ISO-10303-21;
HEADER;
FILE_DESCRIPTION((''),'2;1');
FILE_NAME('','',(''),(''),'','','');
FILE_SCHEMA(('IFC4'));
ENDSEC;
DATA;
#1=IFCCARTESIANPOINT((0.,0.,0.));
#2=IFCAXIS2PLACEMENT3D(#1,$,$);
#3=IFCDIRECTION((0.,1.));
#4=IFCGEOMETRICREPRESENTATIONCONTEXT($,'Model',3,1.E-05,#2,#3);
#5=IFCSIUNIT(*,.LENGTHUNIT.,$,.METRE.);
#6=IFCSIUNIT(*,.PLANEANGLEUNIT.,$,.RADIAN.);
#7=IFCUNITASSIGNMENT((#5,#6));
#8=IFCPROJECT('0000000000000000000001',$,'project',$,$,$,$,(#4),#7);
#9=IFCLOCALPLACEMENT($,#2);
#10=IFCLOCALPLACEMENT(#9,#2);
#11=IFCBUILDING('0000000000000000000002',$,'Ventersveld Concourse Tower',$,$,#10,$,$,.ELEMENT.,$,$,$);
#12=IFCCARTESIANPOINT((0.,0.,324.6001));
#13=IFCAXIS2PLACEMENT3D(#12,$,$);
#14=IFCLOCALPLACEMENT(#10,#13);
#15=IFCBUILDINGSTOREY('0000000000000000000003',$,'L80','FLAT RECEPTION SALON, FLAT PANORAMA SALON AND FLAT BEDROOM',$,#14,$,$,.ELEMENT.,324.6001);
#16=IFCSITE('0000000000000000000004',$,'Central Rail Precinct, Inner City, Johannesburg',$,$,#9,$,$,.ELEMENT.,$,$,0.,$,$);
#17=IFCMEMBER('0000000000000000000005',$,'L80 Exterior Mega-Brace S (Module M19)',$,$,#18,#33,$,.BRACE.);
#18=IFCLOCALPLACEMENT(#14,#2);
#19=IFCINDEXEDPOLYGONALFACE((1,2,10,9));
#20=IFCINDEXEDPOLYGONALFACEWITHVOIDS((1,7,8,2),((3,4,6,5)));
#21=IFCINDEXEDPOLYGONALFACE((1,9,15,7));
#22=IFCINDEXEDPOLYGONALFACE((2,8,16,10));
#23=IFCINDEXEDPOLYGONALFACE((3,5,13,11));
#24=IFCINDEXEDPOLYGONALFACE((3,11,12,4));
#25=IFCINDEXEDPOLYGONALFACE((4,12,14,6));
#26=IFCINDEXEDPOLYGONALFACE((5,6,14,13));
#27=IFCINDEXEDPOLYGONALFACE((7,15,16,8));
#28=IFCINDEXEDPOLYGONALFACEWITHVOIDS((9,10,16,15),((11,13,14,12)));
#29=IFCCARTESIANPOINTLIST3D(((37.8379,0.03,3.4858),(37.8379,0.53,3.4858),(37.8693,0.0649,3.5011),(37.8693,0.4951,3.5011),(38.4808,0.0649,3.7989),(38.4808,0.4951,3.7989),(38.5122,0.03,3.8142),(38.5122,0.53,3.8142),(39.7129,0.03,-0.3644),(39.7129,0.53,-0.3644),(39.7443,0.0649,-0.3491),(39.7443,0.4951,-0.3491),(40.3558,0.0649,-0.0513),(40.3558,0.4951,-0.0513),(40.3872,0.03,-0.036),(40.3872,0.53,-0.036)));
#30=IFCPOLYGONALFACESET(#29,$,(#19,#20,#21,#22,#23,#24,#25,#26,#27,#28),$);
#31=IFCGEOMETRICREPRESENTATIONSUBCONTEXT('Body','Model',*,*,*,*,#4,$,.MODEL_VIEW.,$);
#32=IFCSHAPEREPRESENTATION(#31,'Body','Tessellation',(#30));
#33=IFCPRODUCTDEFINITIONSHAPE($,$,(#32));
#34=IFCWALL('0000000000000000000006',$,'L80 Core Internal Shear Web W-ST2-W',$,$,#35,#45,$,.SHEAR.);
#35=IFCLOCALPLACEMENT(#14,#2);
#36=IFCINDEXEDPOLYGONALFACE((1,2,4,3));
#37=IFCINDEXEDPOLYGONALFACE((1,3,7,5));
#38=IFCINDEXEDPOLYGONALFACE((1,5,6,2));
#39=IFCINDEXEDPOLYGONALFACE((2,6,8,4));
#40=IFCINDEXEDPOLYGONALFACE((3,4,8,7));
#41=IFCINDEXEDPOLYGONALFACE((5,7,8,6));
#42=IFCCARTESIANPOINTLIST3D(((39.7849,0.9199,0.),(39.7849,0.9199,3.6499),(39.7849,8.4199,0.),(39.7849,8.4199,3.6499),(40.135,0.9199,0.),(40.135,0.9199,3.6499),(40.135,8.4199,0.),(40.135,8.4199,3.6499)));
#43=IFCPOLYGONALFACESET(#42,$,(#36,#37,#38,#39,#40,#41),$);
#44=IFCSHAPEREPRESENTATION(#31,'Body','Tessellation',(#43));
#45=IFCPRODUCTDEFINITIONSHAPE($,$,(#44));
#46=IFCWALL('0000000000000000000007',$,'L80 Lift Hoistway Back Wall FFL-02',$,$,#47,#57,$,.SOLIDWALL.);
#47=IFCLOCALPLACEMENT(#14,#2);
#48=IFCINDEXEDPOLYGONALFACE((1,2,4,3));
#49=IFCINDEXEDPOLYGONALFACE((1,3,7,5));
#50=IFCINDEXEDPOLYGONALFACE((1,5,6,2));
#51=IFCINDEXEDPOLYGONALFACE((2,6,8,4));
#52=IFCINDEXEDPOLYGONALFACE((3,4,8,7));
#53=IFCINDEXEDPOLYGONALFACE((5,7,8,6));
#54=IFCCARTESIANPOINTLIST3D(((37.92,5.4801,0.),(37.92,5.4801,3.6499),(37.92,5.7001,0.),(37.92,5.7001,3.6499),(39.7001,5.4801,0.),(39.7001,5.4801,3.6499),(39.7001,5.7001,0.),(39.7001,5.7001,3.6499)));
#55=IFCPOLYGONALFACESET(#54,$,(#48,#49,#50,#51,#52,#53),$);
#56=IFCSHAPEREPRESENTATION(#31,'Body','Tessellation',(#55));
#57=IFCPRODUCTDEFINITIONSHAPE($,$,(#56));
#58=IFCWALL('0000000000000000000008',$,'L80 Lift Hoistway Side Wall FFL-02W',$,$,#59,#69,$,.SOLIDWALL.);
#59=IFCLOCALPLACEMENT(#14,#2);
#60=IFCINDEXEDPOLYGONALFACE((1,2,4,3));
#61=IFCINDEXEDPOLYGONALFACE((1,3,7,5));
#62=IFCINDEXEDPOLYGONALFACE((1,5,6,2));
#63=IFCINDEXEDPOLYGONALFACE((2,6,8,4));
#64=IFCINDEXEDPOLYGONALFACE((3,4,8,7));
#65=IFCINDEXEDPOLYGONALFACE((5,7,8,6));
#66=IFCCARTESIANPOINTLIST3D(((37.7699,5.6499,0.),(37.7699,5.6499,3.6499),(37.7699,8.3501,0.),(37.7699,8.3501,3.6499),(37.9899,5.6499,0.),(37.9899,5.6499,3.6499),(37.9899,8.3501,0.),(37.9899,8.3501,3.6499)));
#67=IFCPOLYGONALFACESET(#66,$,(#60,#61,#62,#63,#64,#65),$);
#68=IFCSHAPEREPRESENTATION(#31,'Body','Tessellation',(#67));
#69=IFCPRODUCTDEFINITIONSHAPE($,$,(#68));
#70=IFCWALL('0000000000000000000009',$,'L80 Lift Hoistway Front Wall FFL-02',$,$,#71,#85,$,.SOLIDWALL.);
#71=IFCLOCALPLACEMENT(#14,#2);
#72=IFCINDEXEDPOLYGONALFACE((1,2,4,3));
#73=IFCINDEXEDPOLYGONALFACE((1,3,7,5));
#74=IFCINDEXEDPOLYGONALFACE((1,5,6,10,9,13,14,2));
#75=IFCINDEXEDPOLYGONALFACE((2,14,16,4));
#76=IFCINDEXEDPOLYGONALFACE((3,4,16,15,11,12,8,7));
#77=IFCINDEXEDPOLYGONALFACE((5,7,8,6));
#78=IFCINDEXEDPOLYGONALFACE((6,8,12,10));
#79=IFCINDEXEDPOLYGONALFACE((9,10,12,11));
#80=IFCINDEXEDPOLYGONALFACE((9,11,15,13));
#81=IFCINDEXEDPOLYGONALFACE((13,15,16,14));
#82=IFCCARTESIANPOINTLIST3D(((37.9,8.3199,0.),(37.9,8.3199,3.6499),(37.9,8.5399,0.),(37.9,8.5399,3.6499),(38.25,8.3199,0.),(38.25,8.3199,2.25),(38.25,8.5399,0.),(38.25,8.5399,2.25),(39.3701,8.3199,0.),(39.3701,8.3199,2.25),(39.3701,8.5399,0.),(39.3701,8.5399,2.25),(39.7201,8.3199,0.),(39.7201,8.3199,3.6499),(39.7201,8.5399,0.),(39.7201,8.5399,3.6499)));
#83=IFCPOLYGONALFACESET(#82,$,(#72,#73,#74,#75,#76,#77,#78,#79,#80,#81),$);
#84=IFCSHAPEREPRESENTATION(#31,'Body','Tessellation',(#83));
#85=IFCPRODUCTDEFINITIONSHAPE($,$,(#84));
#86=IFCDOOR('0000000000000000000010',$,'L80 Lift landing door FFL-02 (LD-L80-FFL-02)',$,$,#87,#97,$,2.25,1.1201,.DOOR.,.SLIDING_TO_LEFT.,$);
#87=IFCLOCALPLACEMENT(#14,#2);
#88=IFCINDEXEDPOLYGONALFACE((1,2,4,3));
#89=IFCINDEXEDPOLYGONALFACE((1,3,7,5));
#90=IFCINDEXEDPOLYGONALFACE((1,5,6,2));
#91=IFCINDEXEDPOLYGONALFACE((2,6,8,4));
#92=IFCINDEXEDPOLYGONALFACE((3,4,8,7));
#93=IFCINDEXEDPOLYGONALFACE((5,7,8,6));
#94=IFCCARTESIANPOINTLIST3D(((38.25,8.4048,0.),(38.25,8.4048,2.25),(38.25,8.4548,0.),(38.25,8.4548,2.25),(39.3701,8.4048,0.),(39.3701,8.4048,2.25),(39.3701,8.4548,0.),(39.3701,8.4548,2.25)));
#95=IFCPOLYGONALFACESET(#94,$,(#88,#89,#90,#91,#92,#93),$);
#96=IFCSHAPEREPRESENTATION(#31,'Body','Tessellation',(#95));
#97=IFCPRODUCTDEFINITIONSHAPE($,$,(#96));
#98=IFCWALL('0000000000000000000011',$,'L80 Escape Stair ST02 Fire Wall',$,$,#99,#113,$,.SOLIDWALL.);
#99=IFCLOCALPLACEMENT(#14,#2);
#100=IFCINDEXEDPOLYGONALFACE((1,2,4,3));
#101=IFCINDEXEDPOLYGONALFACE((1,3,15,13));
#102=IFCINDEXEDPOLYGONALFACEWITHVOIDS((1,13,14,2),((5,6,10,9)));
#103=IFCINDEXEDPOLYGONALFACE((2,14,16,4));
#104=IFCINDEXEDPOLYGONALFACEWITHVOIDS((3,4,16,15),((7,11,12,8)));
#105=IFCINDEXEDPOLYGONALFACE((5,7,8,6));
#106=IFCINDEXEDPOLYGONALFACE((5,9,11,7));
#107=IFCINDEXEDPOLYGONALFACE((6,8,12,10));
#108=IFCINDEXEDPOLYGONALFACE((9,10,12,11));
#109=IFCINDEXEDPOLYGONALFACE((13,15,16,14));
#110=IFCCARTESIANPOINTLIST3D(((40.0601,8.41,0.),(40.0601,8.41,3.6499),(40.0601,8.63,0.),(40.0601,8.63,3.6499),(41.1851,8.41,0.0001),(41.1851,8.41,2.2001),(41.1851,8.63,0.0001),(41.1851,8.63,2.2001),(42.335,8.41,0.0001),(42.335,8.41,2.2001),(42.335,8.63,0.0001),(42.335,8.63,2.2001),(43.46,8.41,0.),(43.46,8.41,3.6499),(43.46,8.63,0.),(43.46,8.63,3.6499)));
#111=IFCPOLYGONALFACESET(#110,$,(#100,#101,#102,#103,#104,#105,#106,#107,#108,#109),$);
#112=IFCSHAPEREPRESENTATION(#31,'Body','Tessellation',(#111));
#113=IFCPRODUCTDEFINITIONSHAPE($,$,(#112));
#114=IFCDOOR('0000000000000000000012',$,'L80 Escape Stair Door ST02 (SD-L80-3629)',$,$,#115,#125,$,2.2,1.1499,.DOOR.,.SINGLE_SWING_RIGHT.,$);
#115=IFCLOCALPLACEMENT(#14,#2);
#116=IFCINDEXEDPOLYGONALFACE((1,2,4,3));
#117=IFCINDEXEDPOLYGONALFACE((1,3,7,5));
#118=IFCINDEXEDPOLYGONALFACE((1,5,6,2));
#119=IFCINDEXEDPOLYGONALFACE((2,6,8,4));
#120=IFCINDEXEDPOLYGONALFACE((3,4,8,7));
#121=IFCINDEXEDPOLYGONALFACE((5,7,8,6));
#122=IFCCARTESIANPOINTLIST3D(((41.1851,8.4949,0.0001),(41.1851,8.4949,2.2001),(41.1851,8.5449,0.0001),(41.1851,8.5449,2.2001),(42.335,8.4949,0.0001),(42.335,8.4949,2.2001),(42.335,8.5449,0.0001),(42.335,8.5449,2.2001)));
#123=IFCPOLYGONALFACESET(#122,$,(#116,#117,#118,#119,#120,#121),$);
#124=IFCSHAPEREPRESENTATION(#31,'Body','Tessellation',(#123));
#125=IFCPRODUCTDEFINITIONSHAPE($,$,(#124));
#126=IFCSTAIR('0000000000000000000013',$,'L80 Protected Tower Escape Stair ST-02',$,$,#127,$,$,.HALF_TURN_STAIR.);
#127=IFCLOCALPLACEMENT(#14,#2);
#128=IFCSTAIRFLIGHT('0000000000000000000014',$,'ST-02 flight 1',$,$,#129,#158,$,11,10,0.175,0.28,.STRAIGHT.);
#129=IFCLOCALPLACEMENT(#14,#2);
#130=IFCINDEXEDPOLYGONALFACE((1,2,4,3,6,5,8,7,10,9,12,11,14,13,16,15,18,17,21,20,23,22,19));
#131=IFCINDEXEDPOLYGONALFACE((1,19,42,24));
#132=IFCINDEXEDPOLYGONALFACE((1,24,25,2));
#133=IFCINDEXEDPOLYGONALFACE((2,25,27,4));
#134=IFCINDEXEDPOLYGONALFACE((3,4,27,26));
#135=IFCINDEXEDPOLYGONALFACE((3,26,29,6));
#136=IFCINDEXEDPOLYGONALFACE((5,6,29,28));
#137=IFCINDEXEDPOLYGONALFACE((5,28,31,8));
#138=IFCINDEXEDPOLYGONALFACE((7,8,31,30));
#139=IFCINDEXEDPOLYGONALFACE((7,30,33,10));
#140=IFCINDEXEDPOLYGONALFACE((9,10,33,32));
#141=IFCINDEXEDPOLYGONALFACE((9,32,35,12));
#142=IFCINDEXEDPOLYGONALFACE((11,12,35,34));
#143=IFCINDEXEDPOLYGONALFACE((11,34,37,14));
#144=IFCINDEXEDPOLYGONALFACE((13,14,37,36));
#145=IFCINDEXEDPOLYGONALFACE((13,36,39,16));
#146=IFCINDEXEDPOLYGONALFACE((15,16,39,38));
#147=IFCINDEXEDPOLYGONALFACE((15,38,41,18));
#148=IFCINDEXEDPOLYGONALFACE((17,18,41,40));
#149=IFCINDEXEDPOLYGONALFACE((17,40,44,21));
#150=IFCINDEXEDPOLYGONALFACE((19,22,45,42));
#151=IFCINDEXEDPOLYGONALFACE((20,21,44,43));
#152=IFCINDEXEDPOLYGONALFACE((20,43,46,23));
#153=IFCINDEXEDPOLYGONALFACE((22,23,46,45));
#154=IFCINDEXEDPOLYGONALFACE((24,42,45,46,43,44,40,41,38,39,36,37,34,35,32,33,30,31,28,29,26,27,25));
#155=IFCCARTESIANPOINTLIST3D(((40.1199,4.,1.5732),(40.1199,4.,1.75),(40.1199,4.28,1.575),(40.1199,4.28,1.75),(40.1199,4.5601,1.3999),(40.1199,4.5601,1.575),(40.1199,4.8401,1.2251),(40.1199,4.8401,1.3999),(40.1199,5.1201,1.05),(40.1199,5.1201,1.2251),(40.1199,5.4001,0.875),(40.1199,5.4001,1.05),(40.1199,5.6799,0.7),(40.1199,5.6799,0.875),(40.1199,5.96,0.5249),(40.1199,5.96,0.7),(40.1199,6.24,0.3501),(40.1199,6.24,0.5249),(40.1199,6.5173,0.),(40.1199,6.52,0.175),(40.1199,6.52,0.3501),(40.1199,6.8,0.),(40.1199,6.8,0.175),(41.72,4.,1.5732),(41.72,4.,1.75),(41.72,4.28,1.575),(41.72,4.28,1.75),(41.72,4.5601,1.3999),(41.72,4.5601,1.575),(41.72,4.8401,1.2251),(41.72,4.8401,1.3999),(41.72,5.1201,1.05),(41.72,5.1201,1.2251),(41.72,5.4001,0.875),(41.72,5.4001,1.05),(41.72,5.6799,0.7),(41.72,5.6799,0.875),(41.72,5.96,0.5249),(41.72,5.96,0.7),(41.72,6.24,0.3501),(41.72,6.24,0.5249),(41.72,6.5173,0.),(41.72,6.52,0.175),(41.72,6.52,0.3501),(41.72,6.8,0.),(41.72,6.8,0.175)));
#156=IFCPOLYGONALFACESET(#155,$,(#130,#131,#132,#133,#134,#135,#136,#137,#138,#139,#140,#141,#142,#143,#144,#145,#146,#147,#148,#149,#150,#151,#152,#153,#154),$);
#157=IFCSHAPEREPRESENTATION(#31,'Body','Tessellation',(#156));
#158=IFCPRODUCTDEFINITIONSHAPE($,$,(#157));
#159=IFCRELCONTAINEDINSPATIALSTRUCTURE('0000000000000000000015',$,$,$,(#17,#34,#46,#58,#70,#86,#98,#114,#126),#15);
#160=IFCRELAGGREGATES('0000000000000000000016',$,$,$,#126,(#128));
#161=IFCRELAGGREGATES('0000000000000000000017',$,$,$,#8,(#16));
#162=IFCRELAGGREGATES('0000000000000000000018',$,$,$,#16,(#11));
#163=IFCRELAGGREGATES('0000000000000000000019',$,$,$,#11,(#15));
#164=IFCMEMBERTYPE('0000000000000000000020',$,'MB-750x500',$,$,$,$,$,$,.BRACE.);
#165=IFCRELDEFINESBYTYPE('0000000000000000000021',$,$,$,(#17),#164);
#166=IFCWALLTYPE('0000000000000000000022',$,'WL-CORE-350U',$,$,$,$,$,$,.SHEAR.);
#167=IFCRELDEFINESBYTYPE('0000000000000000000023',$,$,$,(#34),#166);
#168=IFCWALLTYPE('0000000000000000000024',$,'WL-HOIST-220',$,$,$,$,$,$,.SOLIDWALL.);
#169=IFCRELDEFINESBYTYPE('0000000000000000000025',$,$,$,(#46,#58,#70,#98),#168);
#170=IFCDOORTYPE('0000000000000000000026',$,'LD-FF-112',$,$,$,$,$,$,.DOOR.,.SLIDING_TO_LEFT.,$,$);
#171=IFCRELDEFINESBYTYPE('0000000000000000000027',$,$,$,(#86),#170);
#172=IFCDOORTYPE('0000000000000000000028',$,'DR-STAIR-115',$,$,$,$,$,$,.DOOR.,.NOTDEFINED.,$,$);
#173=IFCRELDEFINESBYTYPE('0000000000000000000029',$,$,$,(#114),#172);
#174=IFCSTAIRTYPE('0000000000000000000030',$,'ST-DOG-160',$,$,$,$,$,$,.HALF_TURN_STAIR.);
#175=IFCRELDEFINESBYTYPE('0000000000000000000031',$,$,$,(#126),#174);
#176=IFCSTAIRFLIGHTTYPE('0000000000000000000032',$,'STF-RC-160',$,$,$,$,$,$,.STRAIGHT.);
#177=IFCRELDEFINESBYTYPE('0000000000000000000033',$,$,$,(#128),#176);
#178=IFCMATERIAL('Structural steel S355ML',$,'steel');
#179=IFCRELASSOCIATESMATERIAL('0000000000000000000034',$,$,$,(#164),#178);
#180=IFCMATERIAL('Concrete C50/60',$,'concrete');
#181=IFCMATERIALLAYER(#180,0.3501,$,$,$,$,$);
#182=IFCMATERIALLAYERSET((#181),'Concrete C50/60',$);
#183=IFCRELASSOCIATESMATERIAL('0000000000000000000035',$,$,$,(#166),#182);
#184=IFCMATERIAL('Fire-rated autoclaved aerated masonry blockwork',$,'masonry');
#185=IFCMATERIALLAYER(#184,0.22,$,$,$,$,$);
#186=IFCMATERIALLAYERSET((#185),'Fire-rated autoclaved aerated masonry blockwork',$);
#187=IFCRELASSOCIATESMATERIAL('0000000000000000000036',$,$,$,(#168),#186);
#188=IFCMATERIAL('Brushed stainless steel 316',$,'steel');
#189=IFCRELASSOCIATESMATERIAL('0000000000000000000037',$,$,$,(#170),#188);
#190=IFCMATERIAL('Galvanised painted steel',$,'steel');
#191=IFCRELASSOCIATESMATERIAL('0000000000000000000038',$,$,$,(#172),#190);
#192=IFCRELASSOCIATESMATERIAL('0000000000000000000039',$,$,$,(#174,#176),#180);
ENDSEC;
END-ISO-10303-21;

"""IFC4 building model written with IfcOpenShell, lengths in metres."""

from ifc_helpers import new_model, si_unit, direction, frame, frame_2d, origin, origin_2d, place, context, subcontext, project, spatial, polyline, rectangle, hollow_rectangle, outline, extrude, material, layer, layer_set, material_profile, profile_set, type_object, element, fill, aggregate, save


model = new_model("IFC4")

# Units and contexts
model_context = context("Model", 3, precision=1e-05, world=origin(), true_north=direction((0.0, 1.0)))
body_context = subcontext(model_context, "Body", "Model", "MODEL_VIEW")
ifc_project = project(units=[si_unit("LENGTHUNIT", "METRE"), si_unit("PLANEANGLEUNIT", "RADIAN")], contexts=[model_context])

# Site, building, storey
site_placement = place(None, origin())
site = spatial("IfcSite", under=ifc_project, at=site_placement, Name="Central Rail Precinct, Inner City, Johannesburg", CompositionType="ELEMENT", RefElevation=0.0)
building_placement = place(site_placement, origin())
building = spatial("IfcBuilding", under=site, at=building_placement, Name="Ventersveld Concourse Tower", CompositionType="ELEMENT")
storey_placement = place(building_placement, frame((0.0, 0.0, 324.6001)))
storey = spatial("IfcBuildingStorey", under=building, at=storey_placement, Name="L80", Description="FLAT RECEPTION SALON, FLAT PANORAMA SALON AND FLAT BEDROOM", CompositionType="ELEMENT", Elevation=324.6001)

# Member
ifc_material_1 = material(Name="Structural steel S355ML", Category="steel")
ifc_material_profile = material_profile(ifc_material_1, hollow_rectangle(XDim=0.5, YDim=0.75, WallThickness=0.0349, at=origin_2d()), Name="BOX 750x500x35")
ifc_profile_set = profile_set([ifc_material_profile], Name="Structural steel S355ML")
member_type = type_object("IfcMemberType", Name="MB-750x500", PredefinedType="BRACE", material=ifc_profile_set)
member_placement = place(storey_placement, frame((40.05, 0.28, -0.2002), z_axis=(-0.437839, 0.0, 0.899053), x_axis=(0.0, -1.0, 0.0)))
element("IfcMember", 1, at=member_placement, inside=storey, type_object=member_type, Name="L80 Exterior Mega-Brace S (Module M19)", PredefinedType="BRACE", context=body_context, shape_type="SweptSolid", body=[
    extrude(hollow_rectangle(XDim=0.5, YDim=0.75, WallThickness=0.0349, at=origin_2d()), origin(), (0.0, 0.0, 1.0), 4.2825),
])

# Walls
ifc_material_2 = material(Name="Concrete C50/60", Category="concrete")
ifc_layer_1 = layer(ifc_material_2, 0.3501)
ifc_layer_set_1 = layer_set([ifc_layer_1], Name="Concrete C50/60")
wall_type_1 = type_object("IfcWallType", Name="WL-CORE-350U", PredefinedType="SHEAR", material=ifc_layer_set_1)
wall_1_placement = place(storey_placement, frame((39.96, 0.9199, 0.0), z_axis=(0.0, 0.0, 1.0), x_axis=(0.0, 1.0, 0.0)))
element("IfcWall", 2, at=wall_1_placement, inside=storey, type_object=wall_type_1, Name="L80 Core Internal Shear Web W-ST2-W", PredefinedType="SHEAR", context=body_context, shape_type="SweptSolid", body=[
    extrude(rectangle(XDim=7.5, YDim=0.3501, at=frame_2d((3.75, 0.0))), origin(), (0.0, 0.0, 1.0), 3.6499),
])
ifc_material_3 = material(Name="Fire-rated autoclaved aerated masonry blockwork", Category="masonry")
ifc_layer_2 = layer(ifc_material_3, 0.22)
ifc_layer_set_2 = layer_set([ifc_layer_2], Name="Fire-rated autoclaved aerated masonry blockwork")
wall_type_2 = type_object("IfcWallType", Name="WL-HOIST-220", PredefinedType="SOLIDWALL", material=ifc_layer_set_2)
wall_2_placement = place(storey_placement, frame((37.9199, 5.5901, 0.0), z_axis=(0.0, 0.0, 1.0), x_axis=(1.0, 0.0, 0.0)))
element("IfcWall", 3, at=wall_2_placement, inside=storey, type_object=wall_type_2, Name="L80 Lift Hoistway Back Wall FFL-02", PredefinedType="SOLIDWALL", context=body_context, shape_type="SweptSolid", body=[
    extrude(rectangle(XDim=1.78, YDim=0.22, at=frame_2d((0.8901, 0.0))), origin(), (0.0, 0.0, 1.0), 3.6499),
])
wall_3_placement = place(storey_placement, frame((37.8799, 5.6499, 0.0), z_axis=(0.0, 0.0, 1.0), x_axis=(0.0, 1.0, 0.0)))
element("IfcWall", 4, at=wall_3_placement, inside=storey, type_object=wall_type_2, Name="L80 Lift Hoistway Side Wall FFL-02W", PredefinedType="SOLIDWALL", context=body_context, shape_type="SweptSolid", body=[
    extrude(rectangle(XDim=2.7002, YDim=0.22, at=frame_2d((1.3501, 0.0))), origin(), (0.0, 0.0, 1.0), 3.6499),
])

# Walls, openings, doors
wall_4_placement = place(storey_placement, frame((37.8999, 8.4299, 0.0), z_axis=(0.0, 0.0, 1.0), x_axis=(1.0, 0.0, 0.0)))
wall_4 = element("IfcWall", 5, at=wall_4_placement, inside=storey, type_object=wall_type_2, Name="L80 Lift Hoistway Front Wall FFL-02", PredefinedType="SOLIDWALL", context=body_context, shape_type="SweptSolid", body=[
    extrude(rectangle(XDim=1.8201, YDim=0.22, at=frame_2d((0.9102, 0.0))), origin(), (0.0, 0.0, 1.0), 3.6499),
])
opening_1_placement = place(wall_4_placement, frame((0.3501, 0.0, 0.0)))
opening_1 = element("IfcOpeningElement", 6, at=opening_1_placement, cuts=wall_4, PredefinedType="OPENING", context=body_context, shape_type="SweptSolid", body=[
    extrude(rectangle(XDim=1.1201, YDim=2.25, at=frame_2d((0.5601, 1.125))), frame((0.0, 0.1201, 0.0), z_axis=(0.0, -1.0, 0.0), x_axis=(1.0, 0.0, 0.0)), (0.0, 0.0, 1.0), 0.24),
])
ifc_material_4 = material(Name="Brushed stainless steel 316", Category="steel")
door_type_1 = type_object("IfcDoorType", Name="LD-FF-112", OperationType="SLIDING_TO_LEFT", PredefinedType="DOOR", material=ifc_material_4)
door_1_placement = place(opening_1_placement, origin())
door_1 = element("IfcDoor", 7, at=door_1_placement, inside=storey, type_object=door_type_1, Name="L80 Lift landing door FFL-02 (LD-L80-FFL-02)", OperationType="SLIDING_TO_LEFT", OverallHeight=2.25, OverallWidth=1.1201, PredefinedType="DOOR", context=body_context, shape_type="SweptSolid", body=[
    extrude(rectangle(XDim=1.1201, YDim=2.25, at=frame_2d((0.5601, 1.125))), frame((0.0, 0.0249, 0.0), z_axis=(0.0, -1.0, 0.0), x_axis=(1.0, 0.0, 0.0)), (0.0, 0.0, 1.0), 0.05),
])
fill(opening_1, door_1)
wall_5_placement = place(storey_placement, frame((40.0601, 8.52, 0.0), z_axis=(0.0, 0.0, 1.0), x_axis=(1.0, 0.0, 0.0)))
wall_5 = element("IfcWall", 8, at=wall_5_placement, inside=storey, type_object=wall_type_2, Name="L80 Escape Stair ST02 Fire Wall", PredefinedType="SOLIDWALL", context=body_context, shape_type="SweptSolid", body=[
    extrude(rectangle(XDim=3.3999, YDim=0.22, at=frame_2d((1.7, 0.0))), origin(), (0.0, 0.0, 1.0), 3.6499),
])
opening_2_placement = place(wall_5_placement, frame((1.125, 0.0, 0.0)))
opening_2 = element("IfcOpeningElement", 9, at=opening_2_placement, cuts=wall_5, PredefinedType="OPENING", context=body_context, shape_type="SweptSolid", body=[
    extrude(rectangle(XDim=1.1499, YDim=2.2, at=frame_2d((0.575, 1.1001))), frame((0.0, 0.1201, 0.0), z_axis=(0.0, -1.0, 0.0), x_axis=(1.0, 0.0, 0.0)), (0.0, 0.0, 1.0), 0.24),
])
ifc_material_5 = material(Name="Galvanised painted steel", Category="steel")
door_type_2 = type_object("IfcDoorType", Name="DR-STAIR-115", OperationType="NOTDEFINED", PredefinedType="DOOR", material=ifc_material_5)
door_2_placement = place(opening_2_placement, origin())
door_2 = element("IfcDoor", 10, at=door_2_placement, inside=storey, type_object=door_type_2, Name="L80 Escape Stair Door ST02 (SD-L80-3629)", OperationType="SINGLE_SWING_RIGHT", OverallHeight=2.2, OverallWidth=1.1499, PredefinedType="DOOR", context=body_context, shape_type="SweptSolid", body=[
    extrude(rectangle(XDim=1.1499, YDim=2.2, at=frame_2d((0.575, 1.1001))), frame((0.0, 0.0249, 0.0), z_axis=(0.0, -1.0, 0.0), x_axis=(1.0, 0.0, 0.0)), (0.0, 0.0, 1.0), 0.05),
])
fill(opening_2, door_2)

# Stair, stair flight
stair_type = type_object("IfcStairType", Name="ST-DOG-160", PredefinedType="HALF_TURN_STAIR", material=ifc_material_2)
stair_placement = place(storey_placement, origin())
stair = element("IfcStair", 11, at=stair_placement, inside=storey, type_object=stair_type, Name="L80 Protected Tower Escape Stair ST-02", PredefinedType="HALF_TURN_STAIR")
stair_flight_type = type_object("IfcStairFlightType", Name="STF-RC-160", PredefinedType="STRAIGHT", material=ifc_material_2)
stair_flight_placement = place(storey_placement, frame((40.9199, 6.8, 0.0), z_axis=(0.0, 0.0, 1.0), x_axis=(0.0, -1.0, 0.0)))
stair_flight = element("IfcStairFlight", 12, at=stair_flight_placement, type_object=stair_flight_type, Name="ST-02 flight 1", NumberOfRisers=11, NumberOfTreads=10, PredefinedType="STRAIGHT", RiserHeight=0.175, TreadLength=0.28, context=body_context, shape_type="SweptSolid", body=[
    extrude(outline(polyline([(0.0, 0.0), (0.0, 0.175), (0.28, 0.175), (0.28, 0.3501), (0.5601, 0.3501), (0.5601, 0.5249), (0.8401, 0.5249), (0.8401, 0.7), (1.1201, 0.7), (1.1201, 0.875), (1.3999, 0.875), (1.3999, 1.05), (1.6799, 1.05), (1.6799, 1.2251), (1.96, 1.2251), (1.96, 1.3999), (2.24, 1.3999), (2.24, 1.575), (2.52, 1.575), (2.52, 1.75), (2.8, 1.75), (2.8, 1.925), (2.8, 1.5732), (0.2827, 0.0), (0.0, 0.0)])), frame((0.0, 0.8, 0.0), z_axis=(0.0, -1.0, 0.0), x_axis=(1.0, 0.0, 0.0)), (0.0, 0.0, 1.0), 1.6001),
])
aggregate(stair, [stair_flight])

save(model, "model.ifc")
